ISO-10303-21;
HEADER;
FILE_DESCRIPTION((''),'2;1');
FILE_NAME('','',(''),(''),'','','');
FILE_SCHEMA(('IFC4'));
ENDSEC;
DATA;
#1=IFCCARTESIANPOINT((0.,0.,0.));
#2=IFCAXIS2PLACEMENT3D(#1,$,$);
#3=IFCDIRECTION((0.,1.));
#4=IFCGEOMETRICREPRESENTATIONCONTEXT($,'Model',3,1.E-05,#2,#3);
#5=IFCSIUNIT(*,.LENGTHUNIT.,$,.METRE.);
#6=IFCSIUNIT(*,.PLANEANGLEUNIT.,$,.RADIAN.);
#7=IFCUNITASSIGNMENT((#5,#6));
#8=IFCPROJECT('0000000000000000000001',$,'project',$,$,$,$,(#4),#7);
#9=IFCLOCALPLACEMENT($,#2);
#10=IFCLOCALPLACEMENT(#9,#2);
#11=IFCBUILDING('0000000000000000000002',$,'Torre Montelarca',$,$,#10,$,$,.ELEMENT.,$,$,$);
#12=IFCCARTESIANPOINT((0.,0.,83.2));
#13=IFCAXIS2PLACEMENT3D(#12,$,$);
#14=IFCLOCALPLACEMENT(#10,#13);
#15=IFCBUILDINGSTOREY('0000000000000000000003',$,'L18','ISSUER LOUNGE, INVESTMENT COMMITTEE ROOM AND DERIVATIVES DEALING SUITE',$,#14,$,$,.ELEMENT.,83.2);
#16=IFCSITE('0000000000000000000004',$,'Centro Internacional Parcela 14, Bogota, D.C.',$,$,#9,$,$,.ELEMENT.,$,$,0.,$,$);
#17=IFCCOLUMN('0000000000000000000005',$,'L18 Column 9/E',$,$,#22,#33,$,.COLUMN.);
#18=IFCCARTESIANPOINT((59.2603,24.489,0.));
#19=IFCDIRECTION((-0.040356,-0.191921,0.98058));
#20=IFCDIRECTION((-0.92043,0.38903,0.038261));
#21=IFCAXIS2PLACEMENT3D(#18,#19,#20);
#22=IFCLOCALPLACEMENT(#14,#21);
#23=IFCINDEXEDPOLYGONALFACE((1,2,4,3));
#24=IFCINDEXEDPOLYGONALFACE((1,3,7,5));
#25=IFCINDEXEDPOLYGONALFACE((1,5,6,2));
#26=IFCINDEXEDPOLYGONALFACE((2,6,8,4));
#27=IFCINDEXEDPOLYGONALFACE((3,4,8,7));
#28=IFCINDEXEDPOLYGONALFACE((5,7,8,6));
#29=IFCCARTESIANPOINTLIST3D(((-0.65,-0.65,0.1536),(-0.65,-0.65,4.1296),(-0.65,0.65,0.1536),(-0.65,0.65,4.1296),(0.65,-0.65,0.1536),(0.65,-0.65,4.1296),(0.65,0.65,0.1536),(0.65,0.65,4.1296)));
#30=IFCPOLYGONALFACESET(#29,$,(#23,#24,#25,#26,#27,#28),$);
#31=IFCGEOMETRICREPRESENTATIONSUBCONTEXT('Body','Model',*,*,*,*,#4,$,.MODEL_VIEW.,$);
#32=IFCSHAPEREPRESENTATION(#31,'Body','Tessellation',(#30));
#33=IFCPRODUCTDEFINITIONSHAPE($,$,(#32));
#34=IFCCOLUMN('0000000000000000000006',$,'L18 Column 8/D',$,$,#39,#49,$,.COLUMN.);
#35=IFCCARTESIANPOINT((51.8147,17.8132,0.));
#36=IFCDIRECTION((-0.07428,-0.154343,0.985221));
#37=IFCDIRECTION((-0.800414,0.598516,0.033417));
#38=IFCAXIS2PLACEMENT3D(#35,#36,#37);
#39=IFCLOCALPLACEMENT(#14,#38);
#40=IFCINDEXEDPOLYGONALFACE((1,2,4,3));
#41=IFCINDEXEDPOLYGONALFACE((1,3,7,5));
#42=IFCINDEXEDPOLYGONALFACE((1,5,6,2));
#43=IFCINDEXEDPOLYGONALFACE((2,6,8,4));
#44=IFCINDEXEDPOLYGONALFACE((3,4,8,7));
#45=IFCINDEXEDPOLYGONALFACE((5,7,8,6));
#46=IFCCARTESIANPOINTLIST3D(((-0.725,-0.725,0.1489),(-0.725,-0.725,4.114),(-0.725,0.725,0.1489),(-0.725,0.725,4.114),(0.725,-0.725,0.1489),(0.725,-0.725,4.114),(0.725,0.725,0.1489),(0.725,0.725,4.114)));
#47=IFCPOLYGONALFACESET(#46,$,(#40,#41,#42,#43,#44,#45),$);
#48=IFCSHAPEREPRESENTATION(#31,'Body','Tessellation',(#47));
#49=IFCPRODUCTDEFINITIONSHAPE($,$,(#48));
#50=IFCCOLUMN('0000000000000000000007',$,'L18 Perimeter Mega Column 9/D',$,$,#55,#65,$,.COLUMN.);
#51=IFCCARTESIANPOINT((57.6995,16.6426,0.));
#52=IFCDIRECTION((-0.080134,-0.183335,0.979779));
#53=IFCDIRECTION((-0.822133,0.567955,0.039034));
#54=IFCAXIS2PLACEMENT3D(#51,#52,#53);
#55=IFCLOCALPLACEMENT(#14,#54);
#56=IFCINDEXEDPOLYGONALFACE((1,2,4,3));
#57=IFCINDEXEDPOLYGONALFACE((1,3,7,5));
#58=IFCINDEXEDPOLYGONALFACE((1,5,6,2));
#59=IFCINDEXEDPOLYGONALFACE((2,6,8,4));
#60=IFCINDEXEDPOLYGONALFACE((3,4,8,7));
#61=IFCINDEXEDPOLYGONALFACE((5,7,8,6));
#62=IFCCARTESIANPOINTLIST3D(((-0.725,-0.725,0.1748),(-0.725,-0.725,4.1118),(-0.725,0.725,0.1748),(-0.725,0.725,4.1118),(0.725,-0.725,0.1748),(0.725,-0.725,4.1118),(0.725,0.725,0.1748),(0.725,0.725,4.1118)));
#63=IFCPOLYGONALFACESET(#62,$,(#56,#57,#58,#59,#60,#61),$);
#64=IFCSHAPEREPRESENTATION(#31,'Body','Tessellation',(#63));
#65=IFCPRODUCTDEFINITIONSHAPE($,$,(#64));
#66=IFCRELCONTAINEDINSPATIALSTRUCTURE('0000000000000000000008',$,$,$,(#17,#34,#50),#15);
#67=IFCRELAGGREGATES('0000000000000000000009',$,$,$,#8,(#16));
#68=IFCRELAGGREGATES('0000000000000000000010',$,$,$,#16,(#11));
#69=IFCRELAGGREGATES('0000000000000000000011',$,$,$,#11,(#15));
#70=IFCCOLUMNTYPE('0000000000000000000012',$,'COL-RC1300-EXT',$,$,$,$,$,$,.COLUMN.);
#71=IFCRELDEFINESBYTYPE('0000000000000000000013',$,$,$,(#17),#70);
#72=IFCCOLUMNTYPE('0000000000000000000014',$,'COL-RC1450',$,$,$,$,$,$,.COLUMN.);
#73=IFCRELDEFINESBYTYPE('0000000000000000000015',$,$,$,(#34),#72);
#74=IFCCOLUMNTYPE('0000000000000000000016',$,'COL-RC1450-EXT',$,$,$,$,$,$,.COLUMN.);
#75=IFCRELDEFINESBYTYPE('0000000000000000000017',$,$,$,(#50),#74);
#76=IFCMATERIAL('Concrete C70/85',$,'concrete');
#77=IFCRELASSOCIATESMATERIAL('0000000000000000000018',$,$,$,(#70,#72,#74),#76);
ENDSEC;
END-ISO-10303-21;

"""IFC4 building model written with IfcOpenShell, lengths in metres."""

from ifc_helpers import new_model, si_unit, direction, frame, origin, origin_2d, place, context, subcontext, project, spatial, rectangle, extrude, clip, halfspace, material, material_profile, profile_set, type_object, element, save


model = new_model("IFC4")

# Units and contexts
model_context = context("Model", 3, precision=1e-05, world=origin(), true_north=direction((0.0, 1.0)))
body_context = subcontext(model_context, "Body", "Model", "MODEL_VIEW")
ifc_project = project(units=[si_unit("LENGTHUNIT", "METRE"), si_unit("PLANEANGLEUNIT", "RADIAN")], contexts=[model_context])

# Site, building, storey
site_placement = place(None, origin())
site = spatial("IfcSite", under=ifc_project, at=site_placement, Name="Centro Internacional Parcela 14, Bogota, D.C.", CompositionType="ELEMENT", RefElevation=0.0)
building_placement = place(site_placement, origin())
building = spatial("IfcBuilding", under=site, at=building_placement, Name="Torre Montelarca", CompositionType="ELEMENT")
storey_placement = place(building_placement, frame((0.0, 0.0, 83.2)))
storey = spatial("IfcBuildingStorey", under=building, at=storey_placement, Name="L18", Description="ISSUER LOUNGE, INVESTMENT COMMITTEE ROOM AND DERIVATIVES DEALING SUITE", CompositionType="ELEMENT", Elevation=83.2)

# Columns
ifc_material_1 = material(Name="Concrete C70/85", Category="concrete")
ifc_material_profile_1 = material_profile(ifc_material_1, rectangle(XDim=1.3, YDim=1.3, at=origin_2d()), Name="RC1300X1300", Category="concrete")
ifc_profile_set_1 = profile_set([ifc_material_profile_1], Name="Concrete C70/85")
column_type_1 = type_object("IfcColumnType", Name="COL-RC1300-EXT", PredefinedType="COLUMN", material=ifc_profile_set_1)
column_1_placement = place(storey_placement, frame((59.2603, 24.489, 0.0), z_axis=(-0.040356, -0.191921, 0.98058), x_axis=(-0.92043, 0.38903, 0.038261)))
element("IfcColumn", 1, at=column_1_placement, inside=storey, type_object=column_type_1, Name="L18 Column 9/E", PredefinedType="COLUMN", context=body_context, shape_type="Clipping", body=[
    clip(clip(extrude(rectangle(XDim=1.3, YDim=1.3, at=origin_2d()), origin(), (0.0, 0.0, 1.0), 4.2832), halfspace(frame((0.0, 0.0, 0.1536), z_axis=(0.0, 0.0, -1.0), x_axis=(1.0, 0.0, 0.0)), False)), halfspace(frame((0.0, 0.0, 4.1296), z_axis=(0.0, 0.0, 1.0), x_axis=(1.0, 0.0, 0.0)), False)),
])
ifc_material_profile_2 = material_profile(ifc_material_1, rectangle(XDim=1.45, YDim=1.45, at=origin_2d()), Name="RC1450X1450", Category="concrete")
ifc_profile_set_2 = profile_set([ifc_material_profile_2], Name="Concrete C70/85")
column_type_2 = type_object("IfcColumnType", Name="COL-RC1450", PredefinedType="COLUMN", material=ifc_profile_set_2)
column_2_placement = place(storey_placement, frame((51.8147, 17.8132, 0.0), z_axis=(-0.07428, -0.154343, 0.985221), x_axis=(-0.800414, 0.598516, 0.033417)))
element("IfcColumn", 2, at=column_2_placement, inside=storey, type_object=column_type_2, Name="L18 Column 8/D", PredefinedType="COLUMN", context=body_context, shape_type="Clipping", body=[
    clip(clip(extrude(rectangle(XDim=1.45, YDim=1.45, at=origin_2d()), origin(), (0.0, 0.0, 1.0), 4.2629), halfspace(frame((0.0, 0.0, 0.1489), z_axis=(0.0, 0.0, -1.0), x_axis=(1.0, 0.0, 0.0)), False)), halfspace(frame((0.0, 0.0, 4.114), z_axis=(0.0, 0.0, 1.0), x_axis=(1.0, 0.0, 0.0)), False)),
])
ifc_material_profile_3 = material_profile(ifc_material_1, rectangle(XDim=1.45, YDim=1.45, at=origin_2d()), Name="RC1450X1450", Category="concrete")
ifc_profile_set_3 = profile_set([ifc_material_profile_3], Name="Concrete C70/85")
column_type_3 = type_object("IfcColumnType", Name="COL-RC1450-EXT", PredefinedType="COLUMN", material=ifc_profile_set_3)
column_3_placement = place(storey_placement, frame((57.6995, 16.6426, 0.0), z_axis=(-0.080134, -0.183335, 0.979779), x_axis=(-0.822133, 0.567955, 0.039034)))
element("IfcColumn", 3, at=column_3_placement, inside=storey, type_object=column_type_3, Name="L18 Perimeter Mega Column 9/D", PredefinedType="COLUMN", context=body_context, shape_type="Clipping", body=[
    clip(clip(extrude(rectangle(XDim=1.45, YDim=1.45, at=origin_2d()), origin(), (0.0, 0.0, 1.0), 4.2866), halfspace(frame((0.0, 0.0, 0.1748), z_axis=(0.0, 0.0, -1.0), x_axis=(1.0, 0.0, 0.0)), False)), halfspace(frame((0.0, 0.0, 4.1118), z_axis=(0.0, 0.0, 1.0), x_axis=(1.0, 0.0, 0.0)), False)),
])

save(model, "model.ifc")
